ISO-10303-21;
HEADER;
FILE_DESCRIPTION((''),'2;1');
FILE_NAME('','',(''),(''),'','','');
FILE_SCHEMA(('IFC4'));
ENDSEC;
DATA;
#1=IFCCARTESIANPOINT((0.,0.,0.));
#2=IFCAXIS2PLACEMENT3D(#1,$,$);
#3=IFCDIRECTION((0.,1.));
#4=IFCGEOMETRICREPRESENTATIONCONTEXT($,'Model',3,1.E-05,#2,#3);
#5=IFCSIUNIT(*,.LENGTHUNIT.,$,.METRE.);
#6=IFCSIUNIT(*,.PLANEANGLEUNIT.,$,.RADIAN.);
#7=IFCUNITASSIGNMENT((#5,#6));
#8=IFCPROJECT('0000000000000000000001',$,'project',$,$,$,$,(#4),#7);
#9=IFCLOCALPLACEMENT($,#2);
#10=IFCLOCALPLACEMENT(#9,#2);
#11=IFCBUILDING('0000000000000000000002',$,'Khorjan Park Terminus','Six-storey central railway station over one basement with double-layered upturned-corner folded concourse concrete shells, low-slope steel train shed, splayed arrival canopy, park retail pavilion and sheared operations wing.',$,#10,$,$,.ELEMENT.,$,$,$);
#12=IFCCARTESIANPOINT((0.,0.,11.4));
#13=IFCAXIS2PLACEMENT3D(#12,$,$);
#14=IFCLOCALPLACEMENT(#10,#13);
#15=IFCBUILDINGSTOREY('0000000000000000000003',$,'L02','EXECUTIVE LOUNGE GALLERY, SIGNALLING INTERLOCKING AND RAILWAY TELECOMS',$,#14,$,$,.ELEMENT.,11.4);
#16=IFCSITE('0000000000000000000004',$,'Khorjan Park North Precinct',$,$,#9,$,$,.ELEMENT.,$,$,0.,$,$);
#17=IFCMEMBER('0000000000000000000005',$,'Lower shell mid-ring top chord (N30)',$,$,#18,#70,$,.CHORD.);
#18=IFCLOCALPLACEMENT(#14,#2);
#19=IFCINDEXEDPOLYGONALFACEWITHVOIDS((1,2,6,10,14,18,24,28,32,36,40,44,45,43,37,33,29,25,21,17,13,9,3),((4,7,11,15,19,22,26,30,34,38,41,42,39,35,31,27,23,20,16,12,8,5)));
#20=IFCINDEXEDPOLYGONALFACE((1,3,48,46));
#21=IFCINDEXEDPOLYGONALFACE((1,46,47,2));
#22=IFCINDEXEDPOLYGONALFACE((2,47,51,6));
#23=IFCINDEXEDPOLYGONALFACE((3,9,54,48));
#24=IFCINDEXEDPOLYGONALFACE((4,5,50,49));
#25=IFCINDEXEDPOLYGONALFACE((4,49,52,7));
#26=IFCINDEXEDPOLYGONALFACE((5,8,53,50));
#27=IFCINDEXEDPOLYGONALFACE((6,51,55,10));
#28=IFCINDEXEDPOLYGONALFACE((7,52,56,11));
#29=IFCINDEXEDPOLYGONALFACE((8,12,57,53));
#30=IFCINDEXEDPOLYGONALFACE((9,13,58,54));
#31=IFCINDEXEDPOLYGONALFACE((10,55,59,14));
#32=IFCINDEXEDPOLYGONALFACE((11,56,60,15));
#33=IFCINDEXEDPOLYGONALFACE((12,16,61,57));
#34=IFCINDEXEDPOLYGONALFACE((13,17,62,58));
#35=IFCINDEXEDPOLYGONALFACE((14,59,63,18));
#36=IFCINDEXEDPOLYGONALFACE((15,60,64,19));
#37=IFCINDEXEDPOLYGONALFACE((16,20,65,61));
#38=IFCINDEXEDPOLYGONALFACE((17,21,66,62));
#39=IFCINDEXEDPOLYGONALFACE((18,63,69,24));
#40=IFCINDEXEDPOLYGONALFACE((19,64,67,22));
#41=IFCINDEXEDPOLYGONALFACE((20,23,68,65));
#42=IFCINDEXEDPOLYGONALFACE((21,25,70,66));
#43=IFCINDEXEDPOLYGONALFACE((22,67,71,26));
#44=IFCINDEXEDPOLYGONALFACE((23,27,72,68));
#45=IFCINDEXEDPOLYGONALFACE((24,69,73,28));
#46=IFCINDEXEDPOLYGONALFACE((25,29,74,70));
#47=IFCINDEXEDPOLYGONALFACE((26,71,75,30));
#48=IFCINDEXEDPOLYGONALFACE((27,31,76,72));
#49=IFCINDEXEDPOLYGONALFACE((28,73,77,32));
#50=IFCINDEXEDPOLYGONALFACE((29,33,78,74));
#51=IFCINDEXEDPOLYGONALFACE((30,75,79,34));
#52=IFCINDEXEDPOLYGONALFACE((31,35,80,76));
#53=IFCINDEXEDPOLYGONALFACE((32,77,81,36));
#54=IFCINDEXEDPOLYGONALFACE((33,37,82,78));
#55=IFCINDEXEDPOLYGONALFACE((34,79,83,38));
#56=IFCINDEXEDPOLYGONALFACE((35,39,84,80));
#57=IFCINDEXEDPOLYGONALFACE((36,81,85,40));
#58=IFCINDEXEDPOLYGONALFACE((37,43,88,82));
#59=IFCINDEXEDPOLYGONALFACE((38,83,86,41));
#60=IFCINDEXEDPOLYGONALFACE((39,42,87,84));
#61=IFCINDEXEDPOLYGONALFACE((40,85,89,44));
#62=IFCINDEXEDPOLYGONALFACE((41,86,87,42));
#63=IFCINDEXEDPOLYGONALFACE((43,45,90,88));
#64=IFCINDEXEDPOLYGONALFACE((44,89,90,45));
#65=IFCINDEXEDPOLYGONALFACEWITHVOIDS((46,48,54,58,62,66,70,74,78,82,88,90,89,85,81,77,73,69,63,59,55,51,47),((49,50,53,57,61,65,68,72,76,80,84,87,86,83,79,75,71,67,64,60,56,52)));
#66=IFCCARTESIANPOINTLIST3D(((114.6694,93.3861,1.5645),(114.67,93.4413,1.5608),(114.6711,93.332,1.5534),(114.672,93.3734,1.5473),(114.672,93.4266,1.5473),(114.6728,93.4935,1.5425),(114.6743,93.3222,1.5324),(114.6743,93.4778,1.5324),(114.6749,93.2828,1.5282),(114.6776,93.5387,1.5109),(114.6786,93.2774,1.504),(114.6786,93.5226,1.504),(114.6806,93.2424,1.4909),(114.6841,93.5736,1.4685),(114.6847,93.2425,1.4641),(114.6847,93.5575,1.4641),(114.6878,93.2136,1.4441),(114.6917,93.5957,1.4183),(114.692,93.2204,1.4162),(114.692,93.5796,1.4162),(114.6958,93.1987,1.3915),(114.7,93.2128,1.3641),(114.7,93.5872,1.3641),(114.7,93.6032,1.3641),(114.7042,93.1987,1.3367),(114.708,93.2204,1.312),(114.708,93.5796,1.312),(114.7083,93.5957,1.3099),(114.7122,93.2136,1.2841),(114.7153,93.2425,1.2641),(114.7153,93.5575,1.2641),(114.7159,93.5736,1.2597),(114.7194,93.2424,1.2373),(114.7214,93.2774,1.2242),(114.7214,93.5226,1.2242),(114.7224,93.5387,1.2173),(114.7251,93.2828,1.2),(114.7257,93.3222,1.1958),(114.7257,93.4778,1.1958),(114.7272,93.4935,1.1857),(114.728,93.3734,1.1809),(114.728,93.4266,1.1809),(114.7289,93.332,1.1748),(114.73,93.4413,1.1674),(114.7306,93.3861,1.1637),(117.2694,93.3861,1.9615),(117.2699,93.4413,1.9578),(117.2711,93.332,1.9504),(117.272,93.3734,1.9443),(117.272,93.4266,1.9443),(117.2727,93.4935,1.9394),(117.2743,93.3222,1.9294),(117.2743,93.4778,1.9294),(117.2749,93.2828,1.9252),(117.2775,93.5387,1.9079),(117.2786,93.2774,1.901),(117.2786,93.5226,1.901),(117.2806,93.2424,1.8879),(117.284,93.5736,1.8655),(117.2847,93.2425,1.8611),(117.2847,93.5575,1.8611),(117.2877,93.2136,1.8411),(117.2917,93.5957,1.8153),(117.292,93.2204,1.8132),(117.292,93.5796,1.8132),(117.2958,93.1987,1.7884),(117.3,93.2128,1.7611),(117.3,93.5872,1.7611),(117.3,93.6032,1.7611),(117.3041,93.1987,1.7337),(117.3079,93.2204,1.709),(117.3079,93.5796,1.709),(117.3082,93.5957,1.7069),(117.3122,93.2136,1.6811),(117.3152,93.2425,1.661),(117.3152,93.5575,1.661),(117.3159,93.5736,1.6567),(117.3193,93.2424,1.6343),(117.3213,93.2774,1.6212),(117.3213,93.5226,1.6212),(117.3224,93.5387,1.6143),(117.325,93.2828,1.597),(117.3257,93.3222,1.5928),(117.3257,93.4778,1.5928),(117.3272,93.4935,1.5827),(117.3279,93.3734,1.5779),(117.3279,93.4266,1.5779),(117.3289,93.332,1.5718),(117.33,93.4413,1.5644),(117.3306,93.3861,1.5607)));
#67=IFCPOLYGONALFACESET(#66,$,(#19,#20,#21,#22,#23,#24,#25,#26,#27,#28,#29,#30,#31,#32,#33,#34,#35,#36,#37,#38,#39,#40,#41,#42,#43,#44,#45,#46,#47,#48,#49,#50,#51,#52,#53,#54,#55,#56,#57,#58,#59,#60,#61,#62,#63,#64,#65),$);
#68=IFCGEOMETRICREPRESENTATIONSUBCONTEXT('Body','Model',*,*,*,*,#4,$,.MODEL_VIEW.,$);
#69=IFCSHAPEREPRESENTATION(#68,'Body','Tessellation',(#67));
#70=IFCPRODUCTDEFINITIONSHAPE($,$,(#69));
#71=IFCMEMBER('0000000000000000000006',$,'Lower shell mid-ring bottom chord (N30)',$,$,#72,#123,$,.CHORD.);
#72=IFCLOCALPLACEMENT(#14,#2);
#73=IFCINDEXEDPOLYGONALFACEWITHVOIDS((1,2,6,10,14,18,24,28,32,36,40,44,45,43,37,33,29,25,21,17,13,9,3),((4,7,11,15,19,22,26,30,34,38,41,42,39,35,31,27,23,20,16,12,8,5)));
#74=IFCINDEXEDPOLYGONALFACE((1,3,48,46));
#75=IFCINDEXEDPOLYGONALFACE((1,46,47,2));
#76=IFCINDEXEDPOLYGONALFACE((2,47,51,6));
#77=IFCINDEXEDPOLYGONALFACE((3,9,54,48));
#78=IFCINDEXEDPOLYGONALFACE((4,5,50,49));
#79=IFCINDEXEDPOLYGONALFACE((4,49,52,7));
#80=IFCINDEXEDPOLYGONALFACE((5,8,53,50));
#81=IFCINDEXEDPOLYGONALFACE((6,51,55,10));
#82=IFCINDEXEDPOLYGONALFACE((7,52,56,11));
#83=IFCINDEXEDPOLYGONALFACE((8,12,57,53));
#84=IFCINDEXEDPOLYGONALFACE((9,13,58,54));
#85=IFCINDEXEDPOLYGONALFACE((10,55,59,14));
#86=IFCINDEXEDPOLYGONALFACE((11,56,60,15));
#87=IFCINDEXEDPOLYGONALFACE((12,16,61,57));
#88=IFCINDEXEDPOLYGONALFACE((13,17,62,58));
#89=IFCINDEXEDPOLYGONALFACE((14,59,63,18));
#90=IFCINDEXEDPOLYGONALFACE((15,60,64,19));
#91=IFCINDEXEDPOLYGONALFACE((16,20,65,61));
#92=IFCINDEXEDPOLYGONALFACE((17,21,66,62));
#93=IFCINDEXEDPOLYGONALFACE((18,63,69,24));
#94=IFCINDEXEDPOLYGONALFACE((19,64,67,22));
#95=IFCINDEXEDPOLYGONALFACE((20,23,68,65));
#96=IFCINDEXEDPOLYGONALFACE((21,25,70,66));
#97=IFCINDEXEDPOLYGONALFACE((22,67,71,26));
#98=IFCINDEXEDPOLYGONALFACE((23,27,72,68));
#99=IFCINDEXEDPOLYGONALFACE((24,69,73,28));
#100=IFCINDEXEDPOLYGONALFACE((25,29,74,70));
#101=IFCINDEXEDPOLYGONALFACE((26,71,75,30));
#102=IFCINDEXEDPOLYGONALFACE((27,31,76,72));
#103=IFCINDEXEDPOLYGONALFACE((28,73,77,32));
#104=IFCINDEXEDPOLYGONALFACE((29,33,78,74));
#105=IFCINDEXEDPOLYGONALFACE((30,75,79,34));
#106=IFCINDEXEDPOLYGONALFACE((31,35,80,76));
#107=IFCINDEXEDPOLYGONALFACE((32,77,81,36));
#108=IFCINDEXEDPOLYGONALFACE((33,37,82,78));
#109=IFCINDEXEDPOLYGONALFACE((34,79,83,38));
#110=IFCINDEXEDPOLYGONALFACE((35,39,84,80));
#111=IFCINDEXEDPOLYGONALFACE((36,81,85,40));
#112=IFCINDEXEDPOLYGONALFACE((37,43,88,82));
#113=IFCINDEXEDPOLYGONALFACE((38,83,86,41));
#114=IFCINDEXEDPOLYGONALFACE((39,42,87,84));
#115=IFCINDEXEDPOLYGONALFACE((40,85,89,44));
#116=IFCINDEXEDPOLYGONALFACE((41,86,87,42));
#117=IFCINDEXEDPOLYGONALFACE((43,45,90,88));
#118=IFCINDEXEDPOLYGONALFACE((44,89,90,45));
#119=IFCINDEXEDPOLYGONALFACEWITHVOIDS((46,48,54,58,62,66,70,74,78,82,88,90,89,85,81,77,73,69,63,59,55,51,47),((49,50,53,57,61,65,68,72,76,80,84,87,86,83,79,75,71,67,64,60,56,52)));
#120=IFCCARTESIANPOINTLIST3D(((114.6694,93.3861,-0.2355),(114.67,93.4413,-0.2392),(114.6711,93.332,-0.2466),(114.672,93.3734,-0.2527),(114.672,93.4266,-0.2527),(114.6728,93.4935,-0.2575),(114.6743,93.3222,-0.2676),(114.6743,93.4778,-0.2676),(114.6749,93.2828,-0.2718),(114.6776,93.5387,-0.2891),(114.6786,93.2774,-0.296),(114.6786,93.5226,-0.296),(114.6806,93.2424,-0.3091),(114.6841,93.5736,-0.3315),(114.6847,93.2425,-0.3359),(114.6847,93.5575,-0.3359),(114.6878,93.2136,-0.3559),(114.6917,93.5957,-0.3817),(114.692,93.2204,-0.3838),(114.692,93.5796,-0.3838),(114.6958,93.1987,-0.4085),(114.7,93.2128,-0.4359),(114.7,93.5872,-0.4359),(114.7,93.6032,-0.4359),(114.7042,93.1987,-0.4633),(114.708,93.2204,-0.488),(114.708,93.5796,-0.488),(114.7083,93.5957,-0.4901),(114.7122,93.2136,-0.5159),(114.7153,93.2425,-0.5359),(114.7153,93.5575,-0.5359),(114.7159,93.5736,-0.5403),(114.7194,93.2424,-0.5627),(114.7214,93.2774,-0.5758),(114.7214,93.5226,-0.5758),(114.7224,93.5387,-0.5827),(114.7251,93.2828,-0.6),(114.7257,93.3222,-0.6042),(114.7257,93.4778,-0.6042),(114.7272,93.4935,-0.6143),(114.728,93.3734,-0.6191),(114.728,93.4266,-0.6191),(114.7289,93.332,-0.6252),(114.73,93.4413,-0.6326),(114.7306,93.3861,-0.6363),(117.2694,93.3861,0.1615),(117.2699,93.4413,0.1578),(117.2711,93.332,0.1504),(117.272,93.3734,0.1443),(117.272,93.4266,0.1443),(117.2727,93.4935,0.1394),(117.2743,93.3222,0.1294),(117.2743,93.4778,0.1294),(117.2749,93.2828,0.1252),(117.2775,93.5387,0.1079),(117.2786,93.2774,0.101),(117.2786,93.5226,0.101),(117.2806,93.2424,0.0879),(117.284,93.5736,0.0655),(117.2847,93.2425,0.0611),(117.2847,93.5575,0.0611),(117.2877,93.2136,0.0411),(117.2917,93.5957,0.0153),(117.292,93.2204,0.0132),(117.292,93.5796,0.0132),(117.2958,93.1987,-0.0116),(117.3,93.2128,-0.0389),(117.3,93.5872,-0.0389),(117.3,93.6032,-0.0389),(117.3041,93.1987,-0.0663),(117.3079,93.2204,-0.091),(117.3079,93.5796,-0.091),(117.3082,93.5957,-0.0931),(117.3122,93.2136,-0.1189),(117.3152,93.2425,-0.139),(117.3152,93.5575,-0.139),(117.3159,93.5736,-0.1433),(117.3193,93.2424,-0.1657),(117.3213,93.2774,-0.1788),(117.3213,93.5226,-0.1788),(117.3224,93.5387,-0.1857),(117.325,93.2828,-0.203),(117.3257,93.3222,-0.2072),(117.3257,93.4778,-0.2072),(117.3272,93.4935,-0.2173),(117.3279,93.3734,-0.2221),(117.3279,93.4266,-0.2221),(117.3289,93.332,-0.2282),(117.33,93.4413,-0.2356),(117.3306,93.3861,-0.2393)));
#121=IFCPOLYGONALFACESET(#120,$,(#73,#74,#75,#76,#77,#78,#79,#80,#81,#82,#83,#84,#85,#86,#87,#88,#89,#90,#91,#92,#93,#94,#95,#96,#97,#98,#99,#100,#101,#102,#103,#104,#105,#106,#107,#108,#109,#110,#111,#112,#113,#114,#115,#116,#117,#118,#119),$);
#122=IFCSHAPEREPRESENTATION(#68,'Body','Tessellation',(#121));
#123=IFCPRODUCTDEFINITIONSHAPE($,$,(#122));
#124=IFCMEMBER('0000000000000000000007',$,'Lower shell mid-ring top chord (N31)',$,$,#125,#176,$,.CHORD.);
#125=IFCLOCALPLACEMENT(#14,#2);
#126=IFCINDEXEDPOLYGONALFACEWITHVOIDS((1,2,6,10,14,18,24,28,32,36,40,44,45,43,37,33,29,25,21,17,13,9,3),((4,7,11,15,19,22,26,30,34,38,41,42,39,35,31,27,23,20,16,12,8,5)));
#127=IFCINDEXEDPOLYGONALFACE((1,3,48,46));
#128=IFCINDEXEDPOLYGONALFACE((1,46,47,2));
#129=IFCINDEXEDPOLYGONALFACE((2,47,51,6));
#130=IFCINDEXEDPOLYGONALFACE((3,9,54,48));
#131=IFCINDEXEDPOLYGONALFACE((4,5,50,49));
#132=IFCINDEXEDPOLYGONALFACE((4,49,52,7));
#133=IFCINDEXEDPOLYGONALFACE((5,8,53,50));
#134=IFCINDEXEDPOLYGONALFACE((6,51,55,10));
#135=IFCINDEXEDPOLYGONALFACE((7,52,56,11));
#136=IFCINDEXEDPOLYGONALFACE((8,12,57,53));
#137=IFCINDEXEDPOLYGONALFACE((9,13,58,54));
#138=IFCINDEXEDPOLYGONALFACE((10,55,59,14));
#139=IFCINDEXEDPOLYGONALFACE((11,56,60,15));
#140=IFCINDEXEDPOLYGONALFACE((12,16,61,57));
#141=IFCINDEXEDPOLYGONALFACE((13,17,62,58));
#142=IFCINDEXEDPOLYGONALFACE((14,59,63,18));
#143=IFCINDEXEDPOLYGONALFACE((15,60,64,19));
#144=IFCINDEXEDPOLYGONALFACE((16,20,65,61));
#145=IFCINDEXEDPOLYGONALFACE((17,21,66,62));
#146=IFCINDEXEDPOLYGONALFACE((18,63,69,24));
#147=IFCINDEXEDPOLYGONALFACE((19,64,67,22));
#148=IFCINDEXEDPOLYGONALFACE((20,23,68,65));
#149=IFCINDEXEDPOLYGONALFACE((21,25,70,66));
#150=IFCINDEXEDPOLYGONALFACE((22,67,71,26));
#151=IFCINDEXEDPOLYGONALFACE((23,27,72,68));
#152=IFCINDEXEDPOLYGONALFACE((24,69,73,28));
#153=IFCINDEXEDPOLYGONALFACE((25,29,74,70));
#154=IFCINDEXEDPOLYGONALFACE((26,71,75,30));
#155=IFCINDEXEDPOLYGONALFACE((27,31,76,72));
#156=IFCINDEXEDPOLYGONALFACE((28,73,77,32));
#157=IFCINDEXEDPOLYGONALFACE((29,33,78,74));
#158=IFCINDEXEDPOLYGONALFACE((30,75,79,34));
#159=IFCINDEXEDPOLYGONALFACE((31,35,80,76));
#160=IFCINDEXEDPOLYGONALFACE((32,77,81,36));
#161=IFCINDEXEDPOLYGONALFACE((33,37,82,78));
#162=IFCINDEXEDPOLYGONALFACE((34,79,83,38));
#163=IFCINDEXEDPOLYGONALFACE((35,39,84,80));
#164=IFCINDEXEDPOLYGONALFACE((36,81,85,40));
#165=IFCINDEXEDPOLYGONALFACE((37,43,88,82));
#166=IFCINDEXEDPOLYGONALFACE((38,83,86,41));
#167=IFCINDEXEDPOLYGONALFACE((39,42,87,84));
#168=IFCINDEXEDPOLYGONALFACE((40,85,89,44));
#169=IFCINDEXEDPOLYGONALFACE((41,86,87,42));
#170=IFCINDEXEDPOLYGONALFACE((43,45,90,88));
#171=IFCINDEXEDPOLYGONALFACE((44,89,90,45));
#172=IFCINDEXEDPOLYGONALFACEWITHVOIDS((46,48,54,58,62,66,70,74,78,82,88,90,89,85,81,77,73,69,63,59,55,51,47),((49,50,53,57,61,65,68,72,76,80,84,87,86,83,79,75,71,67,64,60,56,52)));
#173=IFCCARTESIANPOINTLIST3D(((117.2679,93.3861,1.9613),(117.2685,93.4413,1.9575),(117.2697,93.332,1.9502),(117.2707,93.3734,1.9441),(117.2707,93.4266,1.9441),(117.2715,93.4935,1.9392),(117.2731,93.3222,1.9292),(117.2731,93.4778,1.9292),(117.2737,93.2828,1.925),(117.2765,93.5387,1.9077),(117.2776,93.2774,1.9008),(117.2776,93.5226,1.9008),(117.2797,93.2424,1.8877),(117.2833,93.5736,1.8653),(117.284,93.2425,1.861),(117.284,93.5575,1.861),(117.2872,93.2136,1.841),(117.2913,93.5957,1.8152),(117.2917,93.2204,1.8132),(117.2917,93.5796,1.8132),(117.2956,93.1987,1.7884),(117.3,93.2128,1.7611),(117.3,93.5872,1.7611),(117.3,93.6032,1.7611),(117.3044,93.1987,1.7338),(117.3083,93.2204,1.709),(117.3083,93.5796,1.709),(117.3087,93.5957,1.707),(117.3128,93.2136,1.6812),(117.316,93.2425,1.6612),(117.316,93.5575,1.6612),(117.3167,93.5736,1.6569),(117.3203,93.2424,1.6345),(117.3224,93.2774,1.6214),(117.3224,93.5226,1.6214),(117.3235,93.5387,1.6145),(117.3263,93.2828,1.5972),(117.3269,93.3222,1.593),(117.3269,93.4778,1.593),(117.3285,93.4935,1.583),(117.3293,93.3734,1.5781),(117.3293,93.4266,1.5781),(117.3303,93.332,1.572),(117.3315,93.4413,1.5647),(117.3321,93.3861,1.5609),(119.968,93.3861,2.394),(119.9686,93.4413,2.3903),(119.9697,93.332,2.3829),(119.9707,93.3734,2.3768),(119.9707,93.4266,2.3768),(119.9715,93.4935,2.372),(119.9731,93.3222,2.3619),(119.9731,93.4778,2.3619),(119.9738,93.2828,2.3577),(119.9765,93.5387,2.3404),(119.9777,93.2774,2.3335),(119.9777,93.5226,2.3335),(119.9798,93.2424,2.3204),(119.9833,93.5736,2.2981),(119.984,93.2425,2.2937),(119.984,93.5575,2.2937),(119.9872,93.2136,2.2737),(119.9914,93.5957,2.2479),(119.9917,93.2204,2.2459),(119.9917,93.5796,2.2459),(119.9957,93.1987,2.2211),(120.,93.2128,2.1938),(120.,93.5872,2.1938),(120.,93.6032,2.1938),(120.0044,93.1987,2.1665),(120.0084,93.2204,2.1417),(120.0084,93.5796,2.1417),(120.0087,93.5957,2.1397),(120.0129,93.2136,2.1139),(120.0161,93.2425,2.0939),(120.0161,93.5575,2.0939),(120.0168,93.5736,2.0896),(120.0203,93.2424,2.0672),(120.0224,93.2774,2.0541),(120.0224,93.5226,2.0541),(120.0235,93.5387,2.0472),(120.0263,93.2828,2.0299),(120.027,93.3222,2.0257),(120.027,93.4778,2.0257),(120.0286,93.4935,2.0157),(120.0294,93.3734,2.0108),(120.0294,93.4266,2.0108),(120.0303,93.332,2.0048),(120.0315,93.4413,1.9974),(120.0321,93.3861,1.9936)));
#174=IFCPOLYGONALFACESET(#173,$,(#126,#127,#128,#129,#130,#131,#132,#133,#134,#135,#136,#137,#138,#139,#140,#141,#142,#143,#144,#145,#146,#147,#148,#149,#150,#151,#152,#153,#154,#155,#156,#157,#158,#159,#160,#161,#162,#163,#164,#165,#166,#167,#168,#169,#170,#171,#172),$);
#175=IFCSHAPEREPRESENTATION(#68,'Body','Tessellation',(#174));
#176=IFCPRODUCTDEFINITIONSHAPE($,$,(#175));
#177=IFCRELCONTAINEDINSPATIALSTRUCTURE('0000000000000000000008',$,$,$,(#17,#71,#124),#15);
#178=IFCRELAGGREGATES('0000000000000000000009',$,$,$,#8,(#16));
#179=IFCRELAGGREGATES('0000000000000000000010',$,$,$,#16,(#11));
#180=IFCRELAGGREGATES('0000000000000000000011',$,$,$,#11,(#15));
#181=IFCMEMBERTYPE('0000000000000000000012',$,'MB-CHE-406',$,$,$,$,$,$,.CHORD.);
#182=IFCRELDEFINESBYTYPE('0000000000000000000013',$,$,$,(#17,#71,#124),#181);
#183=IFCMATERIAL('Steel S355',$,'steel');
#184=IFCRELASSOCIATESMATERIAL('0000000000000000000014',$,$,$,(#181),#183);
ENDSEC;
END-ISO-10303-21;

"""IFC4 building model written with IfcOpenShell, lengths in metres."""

from ifc_helpers import new_model, si_unit, direction, frame, origin, origin_2d, place, context, subcontext, project, spatial, hollow_circle, extrude, material, material_profile, profile_set, type_object, element, save


model = new_model("IFC4")

# Units and contexts
model_context = context("Model", 3, precision=1e-05, world=origin(), true_north=direction((0.0, 1.0)))
body_context = subcontext(model_context, "Body", "Model", "MODEL_VIEW")
ifc_project = project(units=[si_unit("LENGTHUNIT", "METRE"), si_unit("PLANEANGLEUNIT", "RADIAN")], contexts=[model_context])

# Site, building, storey
site_placement = place(None, origin())
site = spatial("IfcSite", under=ifc_project, at=site_placement, Name="Khorjan Park North Precinct", CompositionType="ELEMENT", RefElevation=0.0)
building_placement = place(site_placement, origin())
building = spatial("IfcBuilding", under=site, at=building_placement, Name="Khorjan Park Terminus", Description="Six-storey central railway station over one basement with double-layered upturned-corner folded concourse concrete shells, low-slope steel train shed, splayed arrival canopy, park retail pavilion and sheared operations wing.", CompositionType="ELEMENT")
storey_placement = place(building_placement, frame((0.0, 0.0, 11.4)))
storey = spatial("IfcBuildingStorey", under=building, at=storey_placement, Name="L02", Description="EXECUTIVE LOUNGE GALLERY, SIGNALLING INTERLOCKING AND RAILWAY TELECOMS", CompositionType="ELEMENT", Elevation=11.4)

# Members
ifc_material_1 = material(Name="Steel S355", Category="steel")
ifc_material_profile_1 = material_profile(ifc_material_1, hollow_circle(Radius=0.2032, WallThickness=0.016, at=origin_2d()), Name="CHS 406.4x16")
ifc_profile_set_1 = profile_set([ifc_material_profile_1], Name="Steel S355")
member_type_1 = type_object("IfcMemberType", Name="MB-CHE-406", PredefinedType="CHORD", material=ifc_profile_set_1)
for number, where, z_axis, x_axis, name in (
    (1, (114.7, 93.4, 1.3641), (0.988542, 0.0, 0.150943), (0.0, 1.0, 0.0), "Lower shell mid-ring top chord (N30)"),
    (2, (114.7, 93.4, -0.4359), (0.988542, 0.0, 0.150943), (0.0, 1.0, 0.0), "Lower shell mid-ring bottom chord (N30)"),
):
    element("IfcMember", number, at=place(storey_placement, frame(where, z_axis=z_axis, x_axis=x_axis)), inside=storey, type_object=member_type_1, Name=name, PredefinedType="CHORD", context=body_context, shape_type="SweptSolid", body=[
        extrude(hollow_circle(Radius=0.2032, WallThickness=0.016, at=origin_2d()), origin(), (0.0, 0.0, 1.0), 2.6301),
    ])
for number, where, z_axis, x_axis, name in (
    (3, (117.3, 93.4, 1.7611), (0.987401, 0.0, 0.15824), (0.0, 1.0, 0.0), "Lower shell mid-ring top chord (N31)"),
):
    element("IfcMember", number, at=place(storey_placement, frame(where, z_axis=z_axis, x_axis=x_axis)), inside=storey, type_object=member_type_1, Name=name, PredefinedType="CHORD", context=body_context, shape_type="SweptSolid", body=[
        extrude(hollow_circle(Radius=0.2032, WallThickness=0.016, at=origin_2d()), origin(), (0.0, 0.0, 1.0), 2.7345),
    ])

save(model, "model.ifc")
